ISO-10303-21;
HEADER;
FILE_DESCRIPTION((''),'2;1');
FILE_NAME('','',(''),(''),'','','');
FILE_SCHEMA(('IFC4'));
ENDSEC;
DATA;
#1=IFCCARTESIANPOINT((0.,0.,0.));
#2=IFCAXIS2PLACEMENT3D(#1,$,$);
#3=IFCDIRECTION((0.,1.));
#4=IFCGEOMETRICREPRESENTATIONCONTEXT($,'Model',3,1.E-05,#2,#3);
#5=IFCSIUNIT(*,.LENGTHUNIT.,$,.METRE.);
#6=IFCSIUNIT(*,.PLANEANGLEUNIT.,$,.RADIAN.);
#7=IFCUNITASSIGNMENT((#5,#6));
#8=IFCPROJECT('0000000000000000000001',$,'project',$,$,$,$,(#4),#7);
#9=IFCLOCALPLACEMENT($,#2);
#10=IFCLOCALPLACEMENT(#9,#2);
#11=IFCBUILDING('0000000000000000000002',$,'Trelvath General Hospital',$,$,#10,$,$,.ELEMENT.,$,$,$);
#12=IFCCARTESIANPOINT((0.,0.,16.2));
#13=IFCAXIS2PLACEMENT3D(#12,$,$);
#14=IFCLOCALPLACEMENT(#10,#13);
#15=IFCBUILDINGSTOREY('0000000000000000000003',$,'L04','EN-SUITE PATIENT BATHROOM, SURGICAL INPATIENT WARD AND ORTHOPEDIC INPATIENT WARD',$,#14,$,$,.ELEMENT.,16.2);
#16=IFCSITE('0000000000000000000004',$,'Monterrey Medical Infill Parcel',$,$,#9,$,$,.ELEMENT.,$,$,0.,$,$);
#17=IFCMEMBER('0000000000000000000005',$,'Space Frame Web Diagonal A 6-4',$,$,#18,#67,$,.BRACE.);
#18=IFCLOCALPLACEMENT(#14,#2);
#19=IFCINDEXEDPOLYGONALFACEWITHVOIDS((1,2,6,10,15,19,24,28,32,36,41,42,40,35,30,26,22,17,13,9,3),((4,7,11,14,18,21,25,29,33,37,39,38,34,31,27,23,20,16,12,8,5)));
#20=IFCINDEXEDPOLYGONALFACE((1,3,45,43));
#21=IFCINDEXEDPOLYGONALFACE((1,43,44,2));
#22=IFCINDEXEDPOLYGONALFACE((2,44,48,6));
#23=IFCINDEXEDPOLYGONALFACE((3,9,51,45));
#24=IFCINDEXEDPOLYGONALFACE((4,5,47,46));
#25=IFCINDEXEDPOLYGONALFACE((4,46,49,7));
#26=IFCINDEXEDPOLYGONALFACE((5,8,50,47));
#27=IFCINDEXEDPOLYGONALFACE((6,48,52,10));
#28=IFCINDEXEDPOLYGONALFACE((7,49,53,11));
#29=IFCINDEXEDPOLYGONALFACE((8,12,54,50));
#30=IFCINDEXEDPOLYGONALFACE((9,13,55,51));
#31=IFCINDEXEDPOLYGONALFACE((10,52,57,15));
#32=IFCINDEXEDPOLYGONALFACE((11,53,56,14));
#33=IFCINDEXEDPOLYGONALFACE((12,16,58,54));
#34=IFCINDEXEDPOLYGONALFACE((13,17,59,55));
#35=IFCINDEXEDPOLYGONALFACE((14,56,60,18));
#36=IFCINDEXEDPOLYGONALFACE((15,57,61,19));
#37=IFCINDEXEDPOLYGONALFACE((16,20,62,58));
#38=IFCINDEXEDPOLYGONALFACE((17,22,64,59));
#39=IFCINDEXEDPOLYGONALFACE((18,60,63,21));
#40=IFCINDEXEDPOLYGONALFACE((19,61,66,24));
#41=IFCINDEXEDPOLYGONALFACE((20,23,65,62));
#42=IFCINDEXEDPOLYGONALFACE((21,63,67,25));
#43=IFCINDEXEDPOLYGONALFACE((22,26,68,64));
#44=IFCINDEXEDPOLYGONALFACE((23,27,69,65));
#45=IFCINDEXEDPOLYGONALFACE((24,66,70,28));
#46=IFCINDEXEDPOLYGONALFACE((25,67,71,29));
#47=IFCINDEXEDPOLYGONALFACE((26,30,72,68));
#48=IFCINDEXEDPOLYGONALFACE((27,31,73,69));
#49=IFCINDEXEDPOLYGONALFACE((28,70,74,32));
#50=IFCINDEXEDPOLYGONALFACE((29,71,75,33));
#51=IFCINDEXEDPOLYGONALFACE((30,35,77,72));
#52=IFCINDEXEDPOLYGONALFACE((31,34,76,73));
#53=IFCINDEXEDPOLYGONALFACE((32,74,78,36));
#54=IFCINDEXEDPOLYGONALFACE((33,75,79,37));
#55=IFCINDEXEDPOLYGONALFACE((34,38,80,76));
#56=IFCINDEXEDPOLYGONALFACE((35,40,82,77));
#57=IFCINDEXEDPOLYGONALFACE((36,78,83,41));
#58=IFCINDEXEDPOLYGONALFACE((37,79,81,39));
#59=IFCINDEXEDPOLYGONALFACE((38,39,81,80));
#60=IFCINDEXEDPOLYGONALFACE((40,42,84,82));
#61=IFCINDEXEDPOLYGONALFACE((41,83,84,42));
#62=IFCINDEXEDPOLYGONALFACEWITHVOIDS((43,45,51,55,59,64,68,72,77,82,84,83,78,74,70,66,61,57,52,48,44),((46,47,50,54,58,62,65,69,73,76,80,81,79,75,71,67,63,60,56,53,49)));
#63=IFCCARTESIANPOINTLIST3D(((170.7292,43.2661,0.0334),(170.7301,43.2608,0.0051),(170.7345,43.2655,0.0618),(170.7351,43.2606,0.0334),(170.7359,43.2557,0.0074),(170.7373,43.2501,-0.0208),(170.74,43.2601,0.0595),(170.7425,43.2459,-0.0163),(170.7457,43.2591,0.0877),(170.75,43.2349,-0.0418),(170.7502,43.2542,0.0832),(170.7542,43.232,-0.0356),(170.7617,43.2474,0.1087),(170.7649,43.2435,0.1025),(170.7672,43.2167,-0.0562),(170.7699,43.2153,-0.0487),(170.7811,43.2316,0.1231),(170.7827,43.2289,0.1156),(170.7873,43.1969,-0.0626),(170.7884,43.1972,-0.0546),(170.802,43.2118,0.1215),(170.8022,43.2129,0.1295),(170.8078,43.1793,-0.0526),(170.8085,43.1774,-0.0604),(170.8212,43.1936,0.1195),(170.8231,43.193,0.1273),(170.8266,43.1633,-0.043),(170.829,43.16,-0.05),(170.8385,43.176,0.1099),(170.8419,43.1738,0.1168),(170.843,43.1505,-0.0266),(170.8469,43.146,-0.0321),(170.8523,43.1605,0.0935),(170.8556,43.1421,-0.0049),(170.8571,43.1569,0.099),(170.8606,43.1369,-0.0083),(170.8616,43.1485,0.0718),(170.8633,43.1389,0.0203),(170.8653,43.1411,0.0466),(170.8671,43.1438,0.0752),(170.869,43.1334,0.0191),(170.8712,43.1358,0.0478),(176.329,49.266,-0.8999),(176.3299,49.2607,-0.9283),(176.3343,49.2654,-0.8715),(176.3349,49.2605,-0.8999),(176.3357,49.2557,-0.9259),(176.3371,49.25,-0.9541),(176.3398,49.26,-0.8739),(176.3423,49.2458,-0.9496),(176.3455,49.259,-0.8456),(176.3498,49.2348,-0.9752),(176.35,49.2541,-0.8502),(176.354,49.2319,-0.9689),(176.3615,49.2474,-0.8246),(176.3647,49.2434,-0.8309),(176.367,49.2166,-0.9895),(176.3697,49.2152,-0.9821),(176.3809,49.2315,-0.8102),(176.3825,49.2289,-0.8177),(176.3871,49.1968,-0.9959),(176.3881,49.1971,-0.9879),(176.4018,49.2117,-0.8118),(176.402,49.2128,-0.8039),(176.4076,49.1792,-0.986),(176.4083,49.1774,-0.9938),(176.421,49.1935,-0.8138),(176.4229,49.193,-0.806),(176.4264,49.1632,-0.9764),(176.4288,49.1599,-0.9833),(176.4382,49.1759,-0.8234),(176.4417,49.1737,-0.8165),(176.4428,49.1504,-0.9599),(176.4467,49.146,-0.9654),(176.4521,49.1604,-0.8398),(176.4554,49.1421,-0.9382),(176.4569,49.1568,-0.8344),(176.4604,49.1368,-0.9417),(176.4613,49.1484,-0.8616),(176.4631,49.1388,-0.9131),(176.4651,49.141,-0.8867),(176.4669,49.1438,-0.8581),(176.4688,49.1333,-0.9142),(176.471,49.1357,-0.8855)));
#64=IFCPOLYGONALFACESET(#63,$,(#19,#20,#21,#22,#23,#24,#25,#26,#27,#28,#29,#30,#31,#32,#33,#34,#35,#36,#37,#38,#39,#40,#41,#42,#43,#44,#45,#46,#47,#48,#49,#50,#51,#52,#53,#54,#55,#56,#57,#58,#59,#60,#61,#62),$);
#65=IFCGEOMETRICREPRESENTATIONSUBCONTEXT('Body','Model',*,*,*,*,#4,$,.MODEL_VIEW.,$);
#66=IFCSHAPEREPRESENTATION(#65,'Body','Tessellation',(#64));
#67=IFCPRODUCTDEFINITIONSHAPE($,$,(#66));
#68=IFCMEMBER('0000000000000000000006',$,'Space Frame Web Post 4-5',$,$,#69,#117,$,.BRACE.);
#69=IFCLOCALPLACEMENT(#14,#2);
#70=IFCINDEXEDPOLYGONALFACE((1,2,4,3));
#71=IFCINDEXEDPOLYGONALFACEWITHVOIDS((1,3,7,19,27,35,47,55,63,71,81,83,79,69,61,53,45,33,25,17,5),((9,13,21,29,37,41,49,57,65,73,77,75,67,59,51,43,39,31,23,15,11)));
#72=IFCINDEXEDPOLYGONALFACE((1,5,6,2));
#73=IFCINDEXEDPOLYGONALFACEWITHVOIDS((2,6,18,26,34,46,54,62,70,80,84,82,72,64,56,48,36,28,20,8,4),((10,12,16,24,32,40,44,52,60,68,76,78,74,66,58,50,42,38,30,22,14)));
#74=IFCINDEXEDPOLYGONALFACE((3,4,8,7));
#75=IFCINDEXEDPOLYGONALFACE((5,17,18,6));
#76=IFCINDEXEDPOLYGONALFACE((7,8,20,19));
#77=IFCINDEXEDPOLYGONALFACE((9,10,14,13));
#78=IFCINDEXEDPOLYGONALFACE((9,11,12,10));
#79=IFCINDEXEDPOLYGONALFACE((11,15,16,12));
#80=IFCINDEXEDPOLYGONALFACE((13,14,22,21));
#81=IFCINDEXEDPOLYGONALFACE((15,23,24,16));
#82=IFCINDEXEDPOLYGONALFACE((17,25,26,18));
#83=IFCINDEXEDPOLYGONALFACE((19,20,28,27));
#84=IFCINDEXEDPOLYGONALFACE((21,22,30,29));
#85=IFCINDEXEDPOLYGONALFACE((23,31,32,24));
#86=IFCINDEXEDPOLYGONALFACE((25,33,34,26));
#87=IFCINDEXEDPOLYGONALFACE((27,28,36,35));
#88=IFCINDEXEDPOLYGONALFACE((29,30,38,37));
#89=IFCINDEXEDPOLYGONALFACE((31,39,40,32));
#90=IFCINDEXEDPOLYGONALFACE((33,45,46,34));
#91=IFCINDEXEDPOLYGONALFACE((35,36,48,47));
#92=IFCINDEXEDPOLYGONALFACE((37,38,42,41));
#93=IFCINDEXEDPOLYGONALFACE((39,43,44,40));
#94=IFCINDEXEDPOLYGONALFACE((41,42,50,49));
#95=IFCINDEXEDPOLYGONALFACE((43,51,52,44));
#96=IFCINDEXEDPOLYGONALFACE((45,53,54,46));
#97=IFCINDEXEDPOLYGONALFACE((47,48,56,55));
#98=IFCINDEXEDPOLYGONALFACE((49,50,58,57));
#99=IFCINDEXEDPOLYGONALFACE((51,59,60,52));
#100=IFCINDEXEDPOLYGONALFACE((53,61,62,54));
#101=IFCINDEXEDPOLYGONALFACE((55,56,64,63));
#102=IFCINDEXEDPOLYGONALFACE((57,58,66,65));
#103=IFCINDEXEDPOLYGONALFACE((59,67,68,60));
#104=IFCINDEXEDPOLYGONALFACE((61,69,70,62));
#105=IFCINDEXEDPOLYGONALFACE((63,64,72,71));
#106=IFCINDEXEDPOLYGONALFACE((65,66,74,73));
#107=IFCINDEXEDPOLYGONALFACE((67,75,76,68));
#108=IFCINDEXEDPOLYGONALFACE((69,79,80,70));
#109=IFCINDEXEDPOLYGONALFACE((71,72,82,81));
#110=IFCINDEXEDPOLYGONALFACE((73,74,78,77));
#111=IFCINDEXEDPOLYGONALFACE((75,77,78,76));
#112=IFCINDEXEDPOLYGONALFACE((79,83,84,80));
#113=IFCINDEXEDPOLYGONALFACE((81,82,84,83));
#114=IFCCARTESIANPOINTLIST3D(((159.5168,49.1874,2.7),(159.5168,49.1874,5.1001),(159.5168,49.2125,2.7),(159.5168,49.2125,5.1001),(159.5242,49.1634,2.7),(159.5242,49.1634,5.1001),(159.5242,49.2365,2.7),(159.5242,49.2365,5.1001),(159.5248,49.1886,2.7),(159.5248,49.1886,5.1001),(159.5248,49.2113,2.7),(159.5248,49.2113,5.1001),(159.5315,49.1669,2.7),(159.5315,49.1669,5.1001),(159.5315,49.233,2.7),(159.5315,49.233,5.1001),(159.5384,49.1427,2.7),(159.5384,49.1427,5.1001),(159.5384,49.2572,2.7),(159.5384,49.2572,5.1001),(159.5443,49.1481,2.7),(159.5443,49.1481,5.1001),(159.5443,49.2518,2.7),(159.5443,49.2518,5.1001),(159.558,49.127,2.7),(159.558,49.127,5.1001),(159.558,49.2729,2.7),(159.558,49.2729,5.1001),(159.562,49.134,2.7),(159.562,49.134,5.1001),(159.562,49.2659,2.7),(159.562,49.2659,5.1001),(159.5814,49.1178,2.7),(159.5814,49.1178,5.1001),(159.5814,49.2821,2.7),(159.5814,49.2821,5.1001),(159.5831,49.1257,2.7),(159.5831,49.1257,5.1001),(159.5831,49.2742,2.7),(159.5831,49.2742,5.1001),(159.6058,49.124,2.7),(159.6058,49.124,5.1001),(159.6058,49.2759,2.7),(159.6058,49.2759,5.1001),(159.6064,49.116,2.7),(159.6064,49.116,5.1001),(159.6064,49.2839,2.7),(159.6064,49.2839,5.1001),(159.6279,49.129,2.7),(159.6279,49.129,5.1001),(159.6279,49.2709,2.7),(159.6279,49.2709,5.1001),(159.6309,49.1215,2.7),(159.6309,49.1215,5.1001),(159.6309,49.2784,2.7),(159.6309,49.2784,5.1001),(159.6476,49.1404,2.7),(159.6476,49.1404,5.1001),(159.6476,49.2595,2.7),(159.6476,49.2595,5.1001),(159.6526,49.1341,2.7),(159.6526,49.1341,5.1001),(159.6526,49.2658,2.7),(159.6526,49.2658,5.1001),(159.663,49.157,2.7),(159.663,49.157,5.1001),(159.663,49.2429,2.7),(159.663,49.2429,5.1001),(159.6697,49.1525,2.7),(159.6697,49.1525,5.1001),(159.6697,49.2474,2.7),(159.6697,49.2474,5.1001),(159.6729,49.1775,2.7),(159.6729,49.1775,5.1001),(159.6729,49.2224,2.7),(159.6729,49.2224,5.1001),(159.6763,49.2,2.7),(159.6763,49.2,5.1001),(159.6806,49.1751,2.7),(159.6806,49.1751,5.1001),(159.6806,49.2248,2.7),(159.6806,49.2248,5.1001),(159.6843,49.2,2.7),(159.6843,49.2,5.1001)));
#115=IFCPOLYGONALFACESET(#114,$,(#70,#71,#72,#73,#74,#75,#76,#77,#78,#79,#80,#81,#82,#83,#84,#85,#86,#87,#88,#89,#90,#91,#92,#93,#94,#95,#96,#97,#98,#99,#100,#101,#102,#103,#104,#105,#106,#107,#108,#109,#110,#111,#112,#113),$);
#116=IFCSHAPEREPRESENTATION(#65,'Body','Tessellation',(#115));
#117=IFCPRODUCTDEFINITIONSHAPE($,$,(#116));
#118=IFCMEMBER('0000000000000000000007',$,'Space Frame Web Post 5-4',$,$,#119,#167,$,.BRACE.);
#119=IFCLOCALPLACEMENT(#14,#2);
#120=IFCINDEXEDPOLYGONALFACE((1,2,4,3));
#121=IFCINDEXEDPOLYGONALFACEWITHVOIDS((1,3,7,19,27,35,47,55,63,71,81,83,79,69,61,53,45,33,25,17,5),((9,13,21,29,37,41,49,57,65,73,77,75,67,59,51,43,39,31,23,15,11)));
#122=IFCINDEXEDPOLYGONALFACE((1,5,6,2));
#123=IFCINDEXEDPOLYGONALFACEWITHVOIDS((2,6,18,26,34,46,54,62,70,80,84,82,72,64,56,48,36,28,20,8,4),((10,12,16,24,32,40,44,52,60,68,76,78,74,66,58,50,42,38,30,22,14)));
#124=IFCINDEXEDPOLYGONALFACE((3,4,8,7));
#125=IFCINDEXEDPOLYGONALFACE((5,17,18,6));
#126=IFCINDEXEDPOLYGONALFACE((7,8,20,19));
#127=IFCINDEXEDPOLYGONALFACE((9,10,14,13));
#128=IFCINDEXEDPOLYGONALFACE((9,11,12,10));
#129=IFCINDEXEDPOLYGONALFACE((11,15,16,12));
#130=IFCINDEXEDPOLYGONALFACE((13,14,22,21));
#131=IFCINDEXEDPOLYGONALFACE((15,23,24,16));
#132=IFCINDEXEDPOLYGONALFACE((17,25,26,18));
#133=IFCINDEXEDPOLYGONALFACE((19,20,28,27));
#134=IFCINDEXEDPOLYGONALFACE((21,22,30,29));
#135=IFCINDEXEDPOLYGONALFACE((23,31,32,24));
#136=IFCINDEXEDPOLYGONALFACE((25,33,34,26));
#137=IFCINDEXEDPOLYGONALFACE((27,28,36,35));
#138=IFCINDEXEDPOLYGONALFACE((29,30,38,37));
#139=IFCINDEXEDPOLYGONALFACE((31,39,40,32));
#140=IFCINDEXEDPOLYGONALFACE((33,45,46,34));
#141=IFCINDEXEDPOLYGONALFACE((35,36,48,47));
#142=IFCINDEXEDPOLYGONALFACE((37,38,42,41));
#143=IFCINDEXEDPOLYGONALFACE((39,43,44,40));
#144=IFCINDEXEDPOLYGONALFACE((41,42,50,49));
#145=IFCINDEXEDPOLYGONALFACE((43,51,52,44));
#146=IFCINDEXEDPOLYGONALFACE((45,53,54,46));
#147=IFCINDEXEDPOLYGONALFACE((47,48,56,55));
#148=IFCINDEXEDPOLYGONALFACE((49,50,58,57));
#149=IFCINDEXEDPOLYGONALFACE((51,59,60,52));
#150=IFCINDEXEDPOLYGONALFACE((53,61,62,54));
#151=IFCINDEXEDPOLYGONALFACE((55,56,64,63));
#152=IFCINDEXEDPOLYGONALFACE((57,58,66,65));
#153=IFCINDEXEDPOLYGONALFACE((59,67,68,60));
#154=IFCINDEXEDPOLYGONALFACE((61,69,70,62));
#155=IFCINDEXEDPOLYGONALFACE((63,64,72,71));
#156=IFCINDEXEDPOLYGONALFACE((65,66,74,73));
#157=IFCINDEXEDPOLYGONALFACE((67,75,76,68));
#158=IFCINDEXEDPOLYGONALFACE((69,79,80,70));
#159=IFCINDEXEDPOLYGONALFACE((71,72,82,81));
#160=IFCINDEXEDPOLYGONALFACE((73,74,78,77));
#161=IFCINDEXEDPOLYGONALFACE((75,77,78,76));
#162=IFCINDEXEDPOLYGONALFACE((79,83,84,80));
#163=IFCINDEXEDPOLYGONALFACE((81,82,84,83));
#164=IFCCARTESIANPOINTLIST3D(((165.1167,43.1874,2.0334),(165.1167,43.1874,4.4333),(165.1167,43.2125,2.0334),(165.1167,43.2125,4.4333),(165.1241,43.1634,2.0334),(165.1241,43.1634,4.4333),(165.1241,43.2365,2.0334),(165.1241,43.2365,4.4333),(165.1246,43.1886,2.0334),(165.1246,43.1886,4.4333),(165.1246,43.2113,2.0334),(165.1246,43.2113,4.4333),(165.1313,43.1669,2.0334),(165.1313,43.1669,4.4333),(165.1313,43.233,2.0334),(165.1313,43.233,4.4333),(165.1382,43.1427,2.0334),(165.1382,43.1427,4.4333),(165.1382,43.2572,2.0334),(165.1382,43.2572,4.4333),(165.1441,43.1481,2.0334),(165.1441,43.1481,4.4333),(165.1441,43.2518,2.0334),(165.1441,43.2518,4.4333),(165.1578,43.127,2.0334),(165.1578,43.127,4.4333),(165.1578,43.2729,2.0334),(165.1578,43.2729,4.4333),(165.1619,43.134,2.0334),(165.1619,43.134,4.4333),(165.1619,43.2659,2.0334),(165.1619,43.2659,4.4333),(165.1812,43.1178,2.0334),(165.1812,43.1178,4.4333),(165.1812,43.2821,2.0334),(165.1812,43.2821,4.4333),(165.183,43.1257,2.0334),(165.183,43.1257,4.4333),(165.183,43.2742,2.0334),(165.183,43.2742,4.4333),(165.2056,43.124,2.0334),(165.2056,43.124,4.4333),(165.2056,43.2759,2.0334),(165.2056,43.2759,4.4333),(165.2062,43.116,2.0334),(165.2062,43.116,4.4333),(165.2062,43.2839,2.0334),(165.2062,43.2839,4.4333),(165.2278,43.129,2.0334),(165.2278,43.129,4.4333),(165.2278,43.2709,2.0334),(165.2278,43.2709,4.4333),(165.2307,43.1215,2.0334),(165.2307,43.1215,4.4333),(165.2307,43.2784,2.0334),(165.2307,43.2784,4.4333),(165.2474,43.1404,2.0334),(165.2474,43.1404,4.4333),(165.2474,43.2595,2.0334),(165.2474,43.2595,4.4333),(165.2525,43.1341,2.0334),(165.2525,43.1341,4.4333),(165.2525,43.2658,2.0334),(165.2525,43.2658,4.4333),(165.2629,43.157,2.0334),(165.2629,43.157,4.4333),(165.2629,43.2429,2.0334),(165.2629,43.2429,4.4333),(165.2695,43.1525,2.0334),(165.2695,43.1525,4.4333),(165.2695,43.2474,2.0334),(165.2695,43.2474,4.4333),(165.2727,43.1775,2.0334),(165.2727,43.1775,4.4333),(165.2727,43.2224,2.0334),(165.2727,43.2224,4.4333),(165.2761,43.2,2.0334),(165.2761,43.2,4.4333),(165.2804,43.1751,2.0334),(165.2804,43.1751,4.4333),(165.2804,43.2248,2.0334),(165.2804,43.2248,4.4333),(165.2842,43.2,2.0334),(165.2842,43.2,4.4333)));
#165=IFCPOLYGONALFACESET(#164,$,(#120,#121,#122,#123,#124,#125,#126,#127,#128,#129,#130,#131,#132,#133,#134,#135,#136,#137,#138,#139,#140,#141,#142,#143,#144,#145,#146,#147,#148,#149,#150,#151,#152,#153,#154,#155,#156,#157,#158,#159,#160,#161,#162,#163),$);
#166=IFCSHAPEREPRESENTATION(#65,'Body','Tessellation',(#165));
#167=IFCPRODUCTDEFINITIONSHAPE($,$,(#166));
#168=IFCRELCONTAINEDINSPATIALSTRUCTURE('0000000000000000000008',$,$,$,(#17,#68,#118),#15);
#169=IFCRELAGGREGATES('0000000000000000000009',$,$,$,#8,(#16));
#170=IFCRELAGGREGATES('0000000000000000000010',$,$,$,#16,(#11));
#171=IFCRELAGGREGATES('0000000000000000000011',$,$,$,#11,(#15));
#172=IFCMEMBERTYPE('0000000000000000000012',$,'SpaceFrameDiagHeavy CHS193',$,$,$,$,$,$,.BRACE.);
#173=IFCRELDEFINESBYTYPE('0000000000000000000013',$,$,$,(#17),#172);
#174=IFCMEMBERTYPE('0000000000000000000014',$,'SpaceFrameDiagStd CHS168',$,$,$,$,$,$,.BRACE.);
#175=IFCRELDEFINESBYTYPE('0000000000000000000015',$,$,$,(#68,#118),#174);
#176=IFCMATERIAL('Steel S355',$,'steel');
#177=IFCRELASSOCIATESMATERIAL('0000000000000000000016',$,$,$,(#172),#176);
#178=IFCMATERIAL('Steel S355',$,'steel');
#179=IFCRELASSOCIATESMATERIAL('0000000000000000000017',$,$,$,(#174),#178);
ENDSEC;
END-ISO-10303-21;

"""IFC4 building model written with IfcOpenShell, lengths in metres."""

from ifc_helpers import new_model, si_unit, direction, frame, origin, origin_2d, place, context, subcontext, project, spatial, hollow_circle, extrude, material, material_profile, profile_set, type_object, element, save


model = new_model("IFC4")

# Units and contexts
model_context = context("Model", 3, precision=1e-05, world=origin(), true_north=direction((0.0, 1.0)))
body_context = subcontext(model_context, "Body", "Model", "MODEL_VIEW")
ifc_project = project(units=[si_unit("LENGTHUNIT", "METRE"), si_unit("PLANEANGLEUNIT", "RADIAN")], contexts=[model_context])

# Site, building, storey
site_placement = place(None, origin())
site = spatial("IfcSite", under=ifc_project, at=site_placement, Name="Monterrey Medical Infill Parcel", CompositionType="ELEMENT", RefElevation=0.0)
building_placement = place(site_placement, origin())
building = spatial("IfcBuilding", under=site, at=building_placement, Name="Trelvath General Hospital", CompositionType="ELEMENT")
storey_placement = place(building_placement, frame((0.0, 0.0, 16.2)))
storey = spatial("IfcBuildingStorey", under=building, at=storey_placement, Name="L04", Description="EN-SUITE PATIENT BATHROOM, SURGICAL INPATIENT WARD AND ORTHOPEDIC INPATIENT WARD", CompositionType="ELEMENT", Elevation=16.2)

# Members
ifc_material_1 = material(Name="Steel S355", Category="steel")
ifc_material_profile_1 = material_profile(ifc_material_1, hollow_circle(Radius=0.0969, WallThickness=0.0081, at=origin_2d()), Name="CHS193.7x8.0")
ifc_profile_set_1 = profile_set([ifc_material_profile_1], Name="Steel S355")
member_type_1 = type_object("IfcMemberType", Name="SpaceFrameDiagHeavy CHS193", PredefinedType="BRACE", material=ifc_profile_set_1)
member_1_placement = place(storey_placement, frame((170.8, 43.2, 0.0334), z_axis=(0.677939, 0.726382, -0.112995), x_axis=(-0.731064, 0.682309, 0.0)))
element("IfcMember", 1, at=member_1_placement, inside=storey, type_object=member_type_1, Name="Space Frame Web Diagonal A 6-4", PredefinedType="BRACE", context=body_context, shape_type="SweptSolid", body=[
    extrude(hollow_circle(Radius=0.0969, WallThickness=0.0081, at=origin_2d()), origin(), (0.0, 0.0, 1.0), 8.26),
])
ifc_material_2 = material(Name="Steel S355", Category="steel")
ifc_material_profile_2 = material_profile(ifc_material_2, hollow_circle(Radius=0.0842, WallThickness=0.0081, at=origin_2d()), Name="CHS168.3x8.0")
ifc_profile_set_2 = profile_set([ifc_material_profile_2], Name="Steel S355")
member_type_2 = type_object("IfcMemberType", Name="SpaceFrameDiagStd CHS168", PredefinedType="BRACE", material=ifc_profile_set_2)
member_2_placement = place(storey_placement, frame((159.6001, 49.2, 2.7), z_axis=(0.0, 0.0, 1.0), x_axis=(1.0, 0.0, 0.0)))
element("IfcMember", 2, at=member_2_placement, inside=storey, type_object=member_type_2, Name="Space Frame Web Post 4-5", PredefinedType="BRACE", context=body_context, shape_type="SweptSolid", body=[
    extrude(hollow_circle(Radius=0.0842, WallThickness=0.0081, at=origin_2d()), origin(), (0.0, 0.0, 1.0), 2.4001),
])
member_3_placement = place(storey_placement, frame((165.2, 43.2, 2.0334), z_axis=(0.0, 0.0, 1.0), x_axis=(1.0, 0.0, 0.0)))
element("IfcMember", 3, at=member_3_placement, inside=storey, type_object=member_type_2, Name="Space Frame Web Post 5-4", PredefinedType="BRACE", context=body_context, shape_type="SweptSolid", body=[
    extrude(hollow_circle(Radius=0.0842, WallThickness=0.0081, at=origin_2d()), origin(), (0.0, 0.0, 1.0), 2.3999),
])

save(model, "model.ifc")
